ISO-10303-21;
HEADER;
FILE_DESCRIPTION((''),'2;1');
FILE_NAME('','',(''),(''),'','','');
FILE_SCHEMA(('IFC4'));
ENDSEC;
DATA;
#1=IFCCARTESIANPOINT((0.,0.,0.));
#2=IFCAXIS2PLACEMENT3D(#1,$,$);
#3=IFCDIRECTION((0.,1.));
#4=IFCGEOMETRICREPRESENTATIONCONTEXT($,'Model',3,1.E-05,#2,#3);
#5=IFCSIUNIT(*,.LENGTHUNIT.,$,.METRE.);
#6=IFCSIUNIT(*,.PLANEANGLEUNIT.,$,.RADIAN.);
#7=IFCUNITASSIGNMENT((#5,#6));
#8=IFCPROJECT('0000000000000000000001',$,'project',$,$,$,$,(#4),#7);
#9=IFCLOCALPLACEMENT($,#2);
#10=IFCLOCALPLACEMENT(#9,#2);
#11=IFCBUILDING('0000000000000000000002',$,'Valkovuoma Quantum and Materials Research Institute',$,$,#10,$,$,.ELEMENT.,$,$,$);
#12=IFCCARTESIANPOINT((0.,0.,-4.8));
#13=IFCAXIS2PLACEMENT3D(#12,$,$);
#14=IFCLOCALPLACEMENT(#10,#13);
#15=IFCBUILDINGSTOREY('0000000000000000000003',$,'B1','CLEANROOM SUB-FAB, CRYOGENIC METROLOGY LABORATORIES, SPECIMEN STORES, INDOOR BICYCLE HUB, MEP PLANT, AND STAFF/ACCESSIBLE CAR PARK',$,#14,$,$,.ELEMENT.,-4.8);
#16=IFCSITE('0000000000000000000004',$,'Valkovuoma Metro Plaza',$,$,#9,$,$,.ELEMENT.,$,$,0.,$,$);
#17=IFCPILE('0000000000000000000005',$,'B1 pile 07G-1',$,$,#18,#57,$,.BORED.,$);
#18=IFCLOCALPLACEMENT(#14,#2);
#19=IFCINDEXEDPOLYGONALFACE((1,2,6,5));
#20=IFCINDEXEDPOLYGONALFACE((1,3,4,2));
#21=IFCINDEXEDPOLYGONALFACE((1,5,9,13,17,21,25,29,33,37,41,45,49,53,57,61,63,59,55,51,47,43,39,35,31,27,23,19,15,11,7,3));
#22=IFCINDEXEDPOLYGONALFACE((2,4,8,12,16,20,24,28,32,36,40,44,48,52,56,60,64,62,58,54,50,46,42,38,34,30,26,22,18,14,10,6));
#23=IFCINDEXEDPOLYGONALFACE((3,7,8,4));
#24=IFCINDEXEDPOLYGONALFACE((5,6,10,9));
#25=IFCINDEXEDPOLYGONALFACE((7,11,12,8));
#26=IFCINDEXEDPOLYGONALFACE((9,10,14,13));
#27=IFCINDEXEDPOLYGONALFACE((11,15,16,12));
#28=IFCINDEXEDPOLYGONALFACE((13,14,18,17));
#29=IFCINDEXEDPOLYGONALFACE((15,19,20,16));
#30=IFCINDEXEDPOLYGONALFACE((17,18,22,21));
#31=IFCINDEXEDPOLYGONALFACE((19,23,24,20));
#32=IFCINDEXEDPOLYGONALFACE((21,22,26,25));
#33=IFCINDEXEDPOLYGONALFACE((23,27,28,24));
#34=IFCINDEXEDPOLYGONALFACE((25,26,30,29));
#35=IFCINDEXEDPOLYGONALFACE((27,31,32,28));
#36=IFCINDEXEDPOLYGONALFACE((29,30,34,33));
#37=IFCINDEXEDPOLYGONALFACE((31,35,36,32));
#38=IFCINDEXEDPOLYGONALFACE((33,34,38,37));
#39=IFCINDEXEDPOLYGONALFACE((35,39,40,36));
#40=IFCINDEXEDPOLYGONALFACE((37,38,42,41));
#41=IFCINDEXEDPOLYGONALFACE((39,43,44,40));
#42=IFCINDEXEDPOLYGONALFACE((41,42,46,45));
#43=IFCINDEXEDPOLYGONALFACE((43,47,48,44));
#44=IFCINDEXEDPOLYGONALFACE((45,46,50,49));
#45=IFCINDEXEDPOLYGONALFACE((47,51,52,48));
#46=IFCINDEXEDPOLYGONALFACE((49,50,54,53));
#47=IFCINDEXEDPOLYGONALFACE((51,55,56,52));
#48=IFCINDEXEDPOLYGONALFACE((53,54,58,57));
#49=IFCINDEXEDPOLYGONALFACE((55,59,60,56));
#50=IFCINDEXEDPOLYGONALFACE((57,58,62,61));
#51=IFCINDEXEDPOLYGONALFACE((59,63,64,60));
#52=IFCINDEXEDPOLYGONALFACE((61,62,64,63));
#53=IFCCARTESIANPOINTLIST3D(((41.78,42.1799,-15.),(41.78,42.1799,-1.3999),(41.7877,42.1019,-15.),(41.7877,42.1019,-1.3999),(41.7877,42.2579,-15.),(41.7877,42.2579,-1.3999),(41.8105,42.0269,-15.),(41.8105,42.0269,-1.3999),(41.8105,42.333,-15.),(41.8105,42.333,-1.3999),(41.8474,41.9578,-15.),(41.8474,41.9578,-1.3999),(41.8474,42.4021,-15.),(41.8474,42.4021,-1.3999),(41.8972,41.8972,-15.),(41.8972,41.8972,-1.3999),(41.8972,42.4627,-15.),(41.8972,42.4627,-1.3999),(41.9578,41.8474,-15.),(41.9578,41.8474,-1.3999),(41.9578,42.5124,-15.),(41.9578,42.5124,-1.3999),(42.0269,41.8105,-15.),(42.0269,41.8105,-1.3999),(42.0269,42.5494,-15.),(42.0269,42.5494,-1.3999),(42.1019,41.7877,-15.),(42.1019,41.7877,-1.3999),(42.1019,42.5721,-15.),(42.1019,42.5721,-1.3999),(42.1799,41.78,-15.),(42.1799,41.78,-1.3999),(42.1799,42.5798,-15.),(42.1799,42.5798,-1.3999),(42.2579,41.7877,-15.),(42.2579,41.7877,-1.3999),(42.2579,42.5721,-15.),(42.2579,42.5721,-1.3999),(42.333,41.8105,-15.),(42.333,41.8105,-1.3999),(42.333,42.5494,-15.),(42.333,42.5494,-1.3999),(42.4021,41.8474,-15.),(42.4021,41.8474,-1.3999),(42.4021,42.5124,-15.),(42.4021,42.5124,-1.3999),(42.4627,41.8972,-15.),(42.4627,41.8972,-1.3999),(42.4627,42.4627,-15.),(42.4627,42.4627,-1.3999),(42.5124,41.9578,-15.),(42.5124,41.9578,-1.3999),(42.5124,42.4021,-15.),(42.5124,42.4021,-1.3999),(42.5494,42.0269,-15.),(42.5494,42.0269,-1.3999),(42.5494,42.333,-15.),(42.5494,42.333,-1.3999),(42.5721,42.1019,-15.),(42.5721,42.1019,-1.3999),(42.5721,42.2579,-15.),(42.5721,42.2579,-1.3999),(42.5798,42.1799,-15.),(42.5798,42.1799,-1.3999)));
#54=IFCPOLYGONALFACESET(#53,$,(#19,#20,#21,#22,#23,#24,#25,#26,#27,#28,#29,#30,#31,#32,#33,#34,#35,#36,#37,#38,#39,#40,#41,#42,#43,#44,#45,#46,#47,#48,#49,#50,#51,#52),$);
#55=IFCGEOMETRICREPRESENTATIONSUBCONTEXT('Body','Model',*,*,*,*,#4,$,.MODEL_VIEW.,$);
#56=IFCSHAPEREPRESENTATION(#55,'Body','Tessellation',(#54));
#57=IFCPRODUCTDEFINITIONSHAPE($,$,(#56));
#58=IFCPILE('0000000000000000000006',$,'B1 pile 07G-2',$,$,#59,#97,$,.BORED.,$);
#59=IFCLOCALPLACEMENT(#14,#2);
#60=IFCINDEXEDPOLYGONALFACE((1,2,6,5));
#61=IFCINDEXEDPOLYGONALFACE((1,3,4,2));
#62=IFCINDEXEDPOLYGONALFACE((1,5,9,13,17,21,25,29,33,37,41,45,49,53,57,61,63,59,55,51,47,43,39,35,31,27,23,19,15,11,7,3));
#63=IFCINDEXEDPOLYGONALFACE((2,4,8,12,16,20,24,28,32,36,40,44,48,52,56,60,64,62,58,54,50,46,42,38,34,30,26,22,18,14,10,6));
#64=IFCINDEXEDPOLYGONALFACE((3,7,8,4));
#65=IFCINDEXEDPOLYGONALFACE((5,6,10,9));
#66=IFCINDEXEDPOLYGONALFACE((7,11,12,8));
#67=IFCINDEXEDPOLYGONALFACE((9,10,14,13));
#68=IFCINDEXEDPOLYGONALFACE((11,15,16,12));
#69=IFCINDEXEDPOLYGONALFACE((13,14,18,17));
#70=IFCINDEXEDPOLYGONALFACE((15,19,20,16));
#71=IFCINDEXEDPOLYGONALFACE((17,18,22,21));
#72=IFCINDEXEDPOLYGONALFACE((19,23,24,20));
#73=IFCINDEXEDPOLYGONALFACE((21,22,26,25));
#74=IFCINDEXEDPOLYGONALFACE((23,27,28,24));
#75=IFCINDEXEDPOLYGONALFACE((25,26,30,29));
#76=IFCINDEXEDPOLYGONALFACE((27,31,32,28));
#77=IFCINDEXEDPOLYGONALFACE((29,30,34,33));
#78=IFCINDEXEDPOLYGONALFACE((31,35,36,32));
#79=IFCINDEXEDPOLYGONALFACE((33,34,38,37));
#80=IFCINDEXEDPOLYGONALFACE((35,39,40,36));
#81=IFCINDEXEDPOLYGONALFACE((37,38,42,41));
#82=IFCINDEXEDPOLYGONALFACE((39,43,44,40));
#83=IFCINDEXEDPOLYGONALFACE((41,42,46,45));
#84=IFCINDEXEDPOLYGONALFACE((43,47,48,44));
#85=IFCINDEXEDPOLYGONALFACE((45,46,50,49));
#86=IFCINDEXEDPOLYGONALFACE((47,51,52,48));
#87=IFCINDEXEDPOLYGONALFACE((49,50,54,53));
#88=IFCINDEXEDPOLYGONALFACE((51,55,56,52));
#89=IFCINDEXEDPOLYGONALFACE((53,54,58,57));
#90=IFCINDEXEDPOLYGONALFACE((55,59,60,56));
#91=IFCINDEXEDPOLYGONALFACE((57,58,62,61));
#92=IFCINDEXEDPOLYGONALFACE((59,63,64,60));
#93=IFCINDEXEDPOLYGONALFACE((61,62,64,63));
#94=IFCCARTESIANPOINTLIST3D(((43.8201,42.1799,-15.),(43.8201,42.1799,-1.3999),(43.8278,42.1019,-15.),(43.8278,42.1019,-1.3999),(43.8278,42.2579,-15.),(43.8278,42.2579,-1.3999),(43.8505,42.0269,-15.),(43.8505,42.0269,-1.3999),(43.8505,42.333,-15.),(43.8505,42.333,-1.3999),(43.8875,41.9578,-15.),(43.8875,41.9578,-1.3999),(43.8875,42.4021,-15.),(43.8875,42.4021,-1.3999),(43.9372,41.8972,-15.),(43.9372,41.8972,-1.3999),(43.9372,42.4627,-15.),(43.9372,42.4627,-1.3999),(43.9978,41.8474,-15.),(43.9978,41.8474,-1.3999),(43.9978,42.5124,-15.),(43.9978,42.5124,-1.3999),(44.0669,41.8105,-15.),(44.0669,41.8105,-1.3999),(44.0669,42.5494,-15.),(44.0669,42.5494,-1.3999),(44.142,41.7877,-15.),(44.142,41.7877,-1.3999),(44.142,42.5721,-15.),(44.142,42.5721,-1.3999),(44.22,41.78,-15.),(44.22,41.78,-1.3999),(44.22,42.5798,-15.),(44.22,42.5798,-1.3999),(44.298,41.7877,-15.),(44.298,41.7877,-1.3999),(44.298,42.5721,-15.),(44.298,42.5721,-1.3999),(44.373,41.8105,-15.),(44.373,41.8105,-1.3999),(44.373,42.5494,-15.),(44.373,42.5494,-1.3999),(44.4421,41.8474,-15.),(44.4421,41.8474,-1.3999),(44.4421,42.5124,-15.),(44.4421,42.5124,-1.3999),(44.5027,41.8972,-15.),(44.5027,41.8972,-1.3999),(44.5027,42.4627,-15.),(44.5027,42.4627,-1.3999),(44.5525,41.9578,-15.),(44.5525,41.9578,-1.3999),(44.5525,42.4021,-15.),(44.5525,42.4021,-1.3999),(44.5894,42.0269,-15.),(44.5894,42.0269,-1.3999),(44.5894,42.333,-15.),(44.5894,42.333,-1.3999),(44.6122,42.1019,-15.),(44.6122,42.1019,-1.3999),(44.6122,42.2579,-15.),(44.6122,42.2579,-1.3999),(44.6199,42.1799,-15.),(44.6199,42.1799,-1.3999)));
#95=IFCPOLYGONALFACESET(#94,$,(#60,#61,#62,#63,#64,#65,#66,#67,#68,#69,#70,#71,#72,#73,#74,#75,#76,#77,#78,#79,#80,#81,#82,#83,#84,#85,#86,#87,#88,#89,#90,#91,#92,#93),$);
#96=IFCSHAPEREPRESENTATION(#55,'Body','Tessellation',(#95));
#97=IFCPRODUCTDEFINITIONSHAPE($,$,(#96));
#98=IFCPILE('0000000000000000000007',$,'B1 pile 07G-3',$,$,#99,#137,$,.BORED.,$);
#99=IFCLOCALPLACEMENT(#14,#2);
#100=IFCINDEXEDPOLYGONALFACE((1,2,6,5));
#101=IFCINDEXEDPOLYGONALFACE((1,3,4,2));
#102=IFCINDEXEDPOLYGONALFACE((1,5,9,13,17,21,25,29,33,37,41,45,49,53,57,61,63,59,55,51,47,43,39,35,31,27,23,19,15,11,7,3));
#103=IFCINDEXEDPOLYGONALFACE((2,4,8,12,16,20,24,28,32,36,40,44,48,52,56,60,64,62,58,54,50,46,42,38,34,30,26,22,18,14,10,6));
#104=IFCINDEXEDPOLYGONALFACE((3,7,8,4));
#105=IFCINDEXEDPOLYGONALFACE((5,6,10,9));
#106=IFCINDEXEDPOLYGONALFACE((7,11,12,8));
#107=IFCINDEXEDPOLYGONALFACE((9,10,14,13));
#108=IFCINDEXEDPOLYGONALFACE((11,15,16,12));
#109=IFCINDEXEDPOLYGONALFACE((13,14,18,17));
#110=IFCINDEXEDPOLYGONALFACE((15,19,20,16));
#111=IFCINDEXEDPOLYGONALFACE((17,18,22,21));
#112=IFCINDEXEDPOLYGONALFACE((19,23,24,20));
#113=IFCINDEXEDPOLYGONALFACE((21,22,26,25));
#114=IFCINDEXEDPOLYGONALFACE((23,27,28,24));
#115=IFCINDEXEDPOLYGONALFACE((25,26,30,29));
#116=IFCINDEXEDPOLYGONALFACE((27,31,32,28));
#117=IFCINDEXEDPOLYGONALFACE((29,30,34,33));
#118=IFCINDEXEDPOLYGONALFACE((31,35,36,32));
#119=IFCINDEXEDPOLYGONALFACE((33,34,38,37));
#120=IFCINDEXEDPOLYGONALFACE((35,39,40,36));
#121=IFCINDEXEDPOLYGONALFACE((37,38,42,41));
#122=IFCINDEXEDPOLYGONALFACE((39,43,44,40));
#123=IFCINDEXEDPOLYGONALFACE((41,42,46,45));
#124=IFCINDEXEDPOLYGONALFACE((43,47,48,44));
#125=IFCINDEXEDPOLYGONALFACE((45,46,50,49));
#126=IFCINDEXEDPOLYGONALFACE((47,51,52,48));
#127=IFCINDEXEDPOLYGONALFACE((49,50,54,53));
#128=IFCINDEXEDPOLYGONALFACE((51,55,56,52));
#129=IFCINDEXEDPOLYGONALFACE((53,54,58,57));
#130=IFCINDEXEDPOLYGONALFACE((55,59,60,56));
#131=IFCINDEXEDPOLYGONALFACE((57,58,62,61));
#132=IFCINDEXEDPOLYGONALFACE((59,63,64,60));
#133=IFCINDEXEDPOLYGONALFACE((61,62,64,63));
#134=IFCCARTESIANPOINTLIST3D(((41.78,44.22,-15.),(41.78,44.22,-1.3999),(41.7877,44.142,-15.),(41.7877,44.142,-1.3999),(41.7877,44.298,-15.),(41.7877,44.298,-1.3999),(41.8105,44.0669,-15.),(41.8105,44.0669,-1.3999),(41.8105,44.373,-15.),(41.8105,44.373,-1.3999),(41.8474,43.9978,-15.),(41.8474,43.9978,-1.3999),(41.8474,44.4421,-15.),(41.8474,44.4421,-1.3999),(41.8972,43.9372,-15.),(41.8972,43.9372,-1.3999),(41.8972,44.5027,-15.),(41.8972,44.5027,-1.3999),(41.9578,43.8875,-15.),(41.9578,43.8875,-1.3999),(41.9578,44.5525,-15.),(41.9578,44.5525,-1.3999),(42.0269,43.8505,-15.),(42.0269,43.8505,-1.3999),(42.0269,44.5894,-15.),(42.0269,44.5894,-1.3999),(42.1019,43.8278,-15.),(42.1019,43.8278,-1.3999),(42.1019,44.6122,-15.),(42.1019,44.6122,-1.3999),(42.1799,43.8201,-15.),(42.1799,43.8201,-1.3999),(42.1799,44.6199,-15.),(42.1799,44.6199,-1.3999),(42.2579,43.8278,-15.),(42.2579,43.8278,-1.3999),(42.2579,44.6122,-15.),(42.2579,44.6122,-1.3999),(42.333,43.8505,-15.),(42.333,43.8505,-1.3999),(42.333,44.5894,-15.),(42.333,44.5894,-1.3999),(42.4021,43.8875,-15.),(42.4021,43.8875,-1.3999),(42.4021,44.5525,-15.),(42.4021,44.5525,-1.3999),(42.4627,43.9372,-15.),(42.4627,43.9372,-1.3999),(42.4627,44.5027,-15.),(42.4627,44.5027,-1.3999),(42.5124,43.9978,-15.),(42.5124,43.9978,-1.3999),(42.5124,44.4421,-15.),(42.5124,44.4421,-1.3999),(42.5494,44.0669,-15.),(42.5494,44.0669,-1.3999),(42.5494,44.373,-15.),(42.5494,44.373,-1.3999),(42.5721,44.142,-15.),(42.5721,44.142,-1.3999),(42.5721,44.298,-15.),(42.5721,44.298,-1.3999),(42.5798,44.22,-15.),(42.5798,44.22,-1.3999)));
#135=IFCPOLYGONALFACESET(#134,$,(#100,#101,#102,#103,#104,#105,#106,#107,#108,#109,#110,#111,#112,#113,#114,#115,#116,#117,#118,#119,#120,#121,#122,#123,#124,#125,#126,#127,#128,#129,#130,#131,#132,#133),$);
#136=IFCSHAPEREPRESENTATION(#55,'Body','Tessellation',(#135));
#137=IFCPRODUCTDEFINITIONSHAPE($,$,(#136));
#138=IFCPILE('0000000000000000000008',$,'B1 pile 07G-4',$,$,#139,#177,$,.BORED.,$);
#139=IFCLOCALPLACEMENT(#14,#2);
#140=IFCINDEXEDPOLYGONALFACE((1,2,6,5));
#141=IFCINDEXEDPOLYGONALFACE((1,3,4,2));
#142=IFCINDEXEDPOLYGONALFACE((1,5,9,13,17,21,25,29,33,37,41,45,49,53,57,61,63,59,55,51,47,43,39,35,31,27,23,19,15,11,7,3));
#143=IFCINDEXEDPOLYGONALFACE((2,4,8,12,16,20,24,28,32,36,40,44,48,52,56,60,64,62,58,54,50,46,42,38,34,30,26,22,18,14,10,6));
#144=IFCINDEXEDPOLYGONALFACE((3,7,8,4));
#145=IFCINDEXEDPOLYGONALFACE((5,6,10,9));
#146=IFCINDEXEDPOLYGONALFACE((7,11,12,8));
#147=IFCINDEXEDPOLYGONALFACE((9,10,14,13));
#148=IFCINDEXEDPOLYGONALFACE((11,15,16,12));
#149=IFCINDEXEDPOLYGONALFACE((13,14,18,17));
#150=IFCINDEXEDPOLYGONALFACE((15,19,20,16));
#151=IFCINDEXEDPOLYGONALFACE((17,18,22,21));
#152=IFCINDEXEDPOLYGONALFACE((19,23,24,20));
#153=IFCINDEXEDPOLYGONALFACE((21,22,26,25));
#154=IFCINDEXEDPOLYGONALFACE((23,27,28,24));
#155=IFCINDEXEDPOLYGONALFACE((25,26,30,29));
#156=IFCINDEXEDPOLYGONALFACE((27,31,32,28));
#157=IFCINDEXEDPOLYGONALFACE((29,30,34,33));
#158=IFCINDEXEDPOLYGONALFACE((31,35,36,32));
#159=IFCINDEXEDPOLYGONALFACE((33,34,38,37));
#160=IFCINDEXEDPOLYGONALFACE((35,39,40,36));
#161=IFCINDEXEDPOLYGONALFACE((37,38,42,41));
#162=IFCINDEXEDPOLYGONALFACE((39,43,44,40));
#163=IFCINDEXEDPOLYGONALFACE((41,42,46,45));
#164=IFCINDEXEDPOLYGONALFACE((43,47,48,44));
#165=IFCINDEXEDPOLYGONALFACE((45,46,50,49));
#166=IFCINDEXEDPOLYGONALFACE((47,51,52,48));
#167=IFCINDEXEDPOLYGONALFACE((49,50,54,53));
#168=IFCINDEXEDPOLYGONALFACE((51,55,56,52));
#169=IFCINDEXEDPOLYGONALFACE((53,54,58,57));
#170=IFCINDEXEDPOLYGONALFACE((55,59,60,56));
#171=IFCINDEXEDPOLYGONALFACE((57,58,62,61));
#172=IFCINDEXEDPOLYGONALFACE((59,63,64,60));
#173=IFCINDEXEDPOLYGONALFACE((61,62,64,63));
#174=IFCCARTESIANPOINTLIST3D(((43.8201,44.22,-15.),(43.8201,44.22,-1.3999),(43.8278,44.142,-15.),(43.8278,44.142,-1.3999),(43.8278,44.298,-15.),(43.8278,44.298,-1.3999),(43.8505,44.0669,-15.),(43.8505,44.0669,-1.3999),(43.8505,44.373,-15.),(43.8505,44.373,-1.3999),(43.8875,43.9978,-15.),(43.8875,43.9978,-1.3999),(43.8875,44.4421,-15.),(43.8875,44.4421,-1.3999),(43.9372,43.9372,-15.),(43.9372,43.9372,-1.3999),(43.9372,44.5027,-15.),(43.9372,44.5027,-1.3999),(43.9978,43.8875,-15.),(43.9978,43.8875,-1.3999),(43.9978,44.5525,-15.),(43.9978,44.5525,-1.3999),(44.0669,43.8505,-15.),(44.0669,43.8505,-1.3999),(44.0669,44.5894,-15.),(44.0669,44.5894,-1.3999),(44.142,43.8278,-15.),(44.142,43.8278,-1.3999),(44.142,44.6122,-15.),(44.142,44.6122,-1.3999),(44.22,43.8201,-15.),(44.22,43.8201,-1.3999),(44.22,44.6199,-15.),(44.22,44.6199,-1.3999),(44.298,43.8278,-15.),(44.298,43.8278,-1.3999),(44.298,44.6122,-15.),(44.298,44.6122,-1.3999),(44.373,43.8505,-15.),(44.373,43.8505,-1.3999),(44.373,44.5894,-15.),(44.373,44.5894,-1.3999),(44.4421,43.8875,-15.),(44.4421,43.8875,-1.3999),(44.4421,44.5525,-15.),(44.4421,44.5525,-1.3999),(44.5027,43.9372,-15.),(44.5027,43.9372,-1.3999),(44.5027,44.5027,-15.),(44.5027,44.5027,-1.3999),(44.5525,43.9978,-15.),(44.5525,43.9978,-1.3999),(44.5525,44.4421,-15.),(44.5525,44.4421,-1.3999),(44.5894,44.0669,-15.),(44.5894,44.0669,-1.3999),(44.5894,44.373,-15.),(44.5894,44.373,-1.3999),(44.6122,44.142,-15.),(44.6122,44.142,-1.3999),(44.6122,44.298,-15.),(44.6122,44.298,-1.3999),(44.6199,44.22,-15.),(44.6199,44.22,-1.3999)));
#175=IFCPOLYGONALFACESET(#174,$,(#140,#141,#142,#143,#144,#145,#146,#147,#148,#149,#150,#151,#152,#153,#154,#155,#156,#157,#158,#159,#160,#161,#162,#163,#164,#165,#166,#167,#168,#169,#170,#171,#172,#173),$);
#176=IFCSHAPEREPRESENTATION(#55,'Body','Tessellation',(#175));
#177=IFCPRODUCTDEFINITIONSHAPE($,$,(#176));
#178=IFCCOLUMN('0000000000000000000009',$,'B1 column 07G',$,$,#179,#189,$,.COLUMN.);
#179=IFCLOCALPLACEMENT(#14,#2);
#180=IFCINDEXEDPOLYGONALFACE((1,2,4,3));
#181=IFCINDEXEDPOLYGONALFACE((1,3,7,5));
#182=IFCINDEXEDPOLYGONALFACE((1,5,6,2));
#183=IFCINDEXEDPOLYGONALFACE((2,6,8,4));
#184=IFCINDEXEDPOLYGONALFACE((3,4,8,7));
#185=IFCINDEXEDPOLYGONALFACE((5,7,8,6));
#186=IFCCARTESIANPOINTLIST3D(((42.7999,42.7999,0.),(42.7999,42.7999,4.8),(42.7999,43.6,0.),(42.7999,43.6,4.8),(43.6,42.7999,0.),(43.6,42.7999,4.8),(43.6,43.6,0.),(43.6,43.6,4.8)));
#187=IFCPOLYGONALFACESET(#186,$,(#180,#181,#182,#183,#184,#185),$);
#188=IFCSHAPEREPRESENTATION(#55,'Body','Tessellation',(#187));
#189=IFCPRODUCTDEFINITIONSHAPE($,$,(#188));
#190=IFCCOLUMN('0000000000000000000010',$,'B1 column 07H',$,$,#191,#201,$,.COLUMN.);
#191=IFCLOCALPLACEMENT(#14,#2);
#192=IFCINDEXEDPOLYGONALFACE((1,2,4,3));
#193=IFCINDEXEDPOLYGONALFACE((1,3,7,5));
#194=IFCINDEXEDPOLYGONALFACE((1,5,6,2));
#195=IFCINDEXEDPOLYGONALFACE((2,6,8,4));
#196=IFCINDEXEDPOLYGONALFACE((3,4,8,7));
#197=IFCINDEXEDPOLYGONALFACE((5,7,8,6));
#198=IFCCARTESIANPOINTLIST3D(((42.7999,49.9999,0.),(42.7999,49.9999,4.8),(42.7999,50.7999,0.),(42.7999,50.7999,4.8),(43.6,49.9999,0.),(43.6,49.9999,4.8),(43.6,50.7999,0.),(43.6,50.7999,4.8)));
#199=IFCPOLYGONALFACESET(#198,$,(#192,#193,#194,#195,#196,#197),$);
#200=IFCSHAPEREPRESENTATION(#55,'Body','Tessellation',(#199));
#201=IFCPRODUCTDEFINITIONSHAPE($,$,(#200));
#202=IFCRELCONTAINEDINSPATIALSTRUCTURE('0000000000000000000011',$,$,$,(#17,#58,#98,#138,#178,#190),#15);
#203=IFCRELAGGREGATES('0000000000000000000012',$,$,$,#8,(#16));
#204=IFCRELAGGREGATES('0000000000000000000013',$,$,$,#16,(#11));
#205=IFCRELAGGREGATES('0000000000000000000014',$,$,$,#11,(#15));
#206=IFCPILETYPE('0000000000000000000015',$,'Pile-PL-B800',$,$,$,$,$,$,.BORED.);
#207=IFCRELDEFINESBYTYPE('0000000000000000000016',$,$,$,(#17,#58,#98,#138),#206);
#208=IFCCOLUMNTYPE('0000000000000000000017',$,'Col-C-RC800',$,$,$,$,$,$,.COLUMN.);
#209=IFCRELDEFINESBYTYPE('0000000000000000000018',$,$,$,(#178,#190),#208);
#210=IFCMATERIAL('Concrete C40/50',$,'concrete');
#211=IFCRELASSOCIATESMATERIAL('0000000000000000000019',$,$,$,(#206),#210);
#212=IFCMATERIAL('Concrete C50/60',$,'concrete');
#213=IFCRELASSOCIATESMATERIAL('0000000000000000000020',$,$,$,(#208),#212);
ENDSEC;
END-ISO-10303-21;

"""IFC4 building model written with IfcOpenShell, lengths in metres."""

from ifc_helpers import new_model, si_unit, direction, frame, origin, origin_2d, place, context, subcontext, project, spatial, rectangle, circle, extrude, material, material_profile, profile_set, type_object, element, save


model = new_model("IFC4")

# Units and contexts
model_context = context("Model", 3, precision=1e-05, world=origin(), true_north=direction((0.0, 1.0)))
body_context = subcontext(model_context, "Body", "Model", "MODEL_VIEW")
ifc_project = project(units=[si_unit("LENGTHUNIT", "METRE"), si_unit("PLANEANGLEUNIT", "RADIAN")], contexts=[model_context])

# Site, building, storey
site_placement = place(None, origin())
site = spatial("IfcSite", under=ifc_project, at=site_placement, Name="Valkovuoma Metro Plaza", CompositionType="ELEMENT", RefElevation=0.0)
building_placement = place(site_placement, origin())
building = spatial("IfcBuilding", under=site, at=building_placement, Name="Valkovuoma Quantum and Materials Research Institute", CompositionType="ELEMENT")
storey_placement = place(building_placement, frame((0.0, 0.0, -4.8)))
storey = spatial("IfcBuildingStorey", under=building, at=storey_placement, Name="B1", Description="CLEANROOM SUB-FAB, CRYOGENIC METROLOGY LABORATORIES, SPECIMEN STORES, INDOOR BICYCLE HUB, MEP PLANT, AND STAFF/ACCESSIBLE CAR PARK", CompositionType="ELEMENT", Elevation=-4.8)

# Piles
ifc_material_1 = material(Name="Concrete C40/50", Category="concrete")
ifc_material_profile_1 = material_profile(ifc_material_1, circle(Radius=0.3999, at=origin_2d()), Name="Concrete C40/50")
ifc_profile_set_1 = profile_set([ifc_material_profile_1], Name="Concrete C40/50")
pile_type_1 = type_object("IfcPileType", Name="Pile-PL-B800", PredefinedType="BORED", material=ifc_profile_set_1)
for number, where, z_axis, x_axis, name in (
    (1, (42.1799, 42.1799, -1.3999), (0.0, 0.0, -1.0), (1.0, 0.0, 0.0), "B1 pile 07G-1"),
    (2, (44.22, 42.1799, -1.3999), (0.0, 0.0, -1.0), (1.0, 0.0, 0.0), "B1 pile 07G-2"),
    (3, (42.1799, 44.22, -1.3999), (0.0, 0.0, -1.0), (1.0, 0.0, 0.0), "B1 pile 07G-3"),
    (4, (44.22, 44.22, -1.3999), (0.0, 0.0, -1.0), (1.0, 0.0, 0.0), "B1 pile 07G-4"),
):
    element("IfcPile", number, at=place(storey_placement, frame(where, z_axis=z_axis, x_axis=x_axis)), inside=storey, type_object=pile_type_1, Name=name, PredefinedType="BORED", context=body_context, shape_type="SweptSolid", body=[
        extrude(circle(Radius=0.3999, at=origin_2d()), origin(), (0.0, 0.0, 1.0), 13.6001),
    ])

# Columns
ifc_material_2 = material(Name="Concrete C50/60", Category="concrete")
ifc_material_profile_2 = material_profile(ifc_material_2, rectangle(XDim=0.8, YDim=0.8, at=origin_2d()), Name="Concrete C50/60")
ifc_profile_set_2 = profile_set([ifc_material_profile_2], Name="Concrete C50/60")
column_type_1 = type_object("IfcColumnType", Name="Col-C-RC800", PredefinedType="COLUMN", material=ifc_profile_set_2)
for number, where, z_axis, x_axis, name in (
    (5, (43.2, 43.2, 0.0), (0.0, 0.0, 1.0), (1.0, 0.0, 0.0), "B1 column 07G"),
    (6, (43.2, 50.3999, 0.0), (0.0, 0.0, 1.0), (1.0, 0.0, 0.0), "B1 column 07H"),
):
    element("IfcColumn", number, at=place(storey_placement, frame(where, z_axis=z_axis, x_axis=x_axis)), inside=storey, type_object=column_type_1, Name=name, PredefinedType="COLUMN", context=body_context, shape_type="SweptSolid", body=[
        extrude(rectangle(XDim=0.8, YDim=0.8, at=origin_2d()), origin(), (0.0, 0.0, 1.0), 4.8),
    ])

save(model, "model.ifc")
